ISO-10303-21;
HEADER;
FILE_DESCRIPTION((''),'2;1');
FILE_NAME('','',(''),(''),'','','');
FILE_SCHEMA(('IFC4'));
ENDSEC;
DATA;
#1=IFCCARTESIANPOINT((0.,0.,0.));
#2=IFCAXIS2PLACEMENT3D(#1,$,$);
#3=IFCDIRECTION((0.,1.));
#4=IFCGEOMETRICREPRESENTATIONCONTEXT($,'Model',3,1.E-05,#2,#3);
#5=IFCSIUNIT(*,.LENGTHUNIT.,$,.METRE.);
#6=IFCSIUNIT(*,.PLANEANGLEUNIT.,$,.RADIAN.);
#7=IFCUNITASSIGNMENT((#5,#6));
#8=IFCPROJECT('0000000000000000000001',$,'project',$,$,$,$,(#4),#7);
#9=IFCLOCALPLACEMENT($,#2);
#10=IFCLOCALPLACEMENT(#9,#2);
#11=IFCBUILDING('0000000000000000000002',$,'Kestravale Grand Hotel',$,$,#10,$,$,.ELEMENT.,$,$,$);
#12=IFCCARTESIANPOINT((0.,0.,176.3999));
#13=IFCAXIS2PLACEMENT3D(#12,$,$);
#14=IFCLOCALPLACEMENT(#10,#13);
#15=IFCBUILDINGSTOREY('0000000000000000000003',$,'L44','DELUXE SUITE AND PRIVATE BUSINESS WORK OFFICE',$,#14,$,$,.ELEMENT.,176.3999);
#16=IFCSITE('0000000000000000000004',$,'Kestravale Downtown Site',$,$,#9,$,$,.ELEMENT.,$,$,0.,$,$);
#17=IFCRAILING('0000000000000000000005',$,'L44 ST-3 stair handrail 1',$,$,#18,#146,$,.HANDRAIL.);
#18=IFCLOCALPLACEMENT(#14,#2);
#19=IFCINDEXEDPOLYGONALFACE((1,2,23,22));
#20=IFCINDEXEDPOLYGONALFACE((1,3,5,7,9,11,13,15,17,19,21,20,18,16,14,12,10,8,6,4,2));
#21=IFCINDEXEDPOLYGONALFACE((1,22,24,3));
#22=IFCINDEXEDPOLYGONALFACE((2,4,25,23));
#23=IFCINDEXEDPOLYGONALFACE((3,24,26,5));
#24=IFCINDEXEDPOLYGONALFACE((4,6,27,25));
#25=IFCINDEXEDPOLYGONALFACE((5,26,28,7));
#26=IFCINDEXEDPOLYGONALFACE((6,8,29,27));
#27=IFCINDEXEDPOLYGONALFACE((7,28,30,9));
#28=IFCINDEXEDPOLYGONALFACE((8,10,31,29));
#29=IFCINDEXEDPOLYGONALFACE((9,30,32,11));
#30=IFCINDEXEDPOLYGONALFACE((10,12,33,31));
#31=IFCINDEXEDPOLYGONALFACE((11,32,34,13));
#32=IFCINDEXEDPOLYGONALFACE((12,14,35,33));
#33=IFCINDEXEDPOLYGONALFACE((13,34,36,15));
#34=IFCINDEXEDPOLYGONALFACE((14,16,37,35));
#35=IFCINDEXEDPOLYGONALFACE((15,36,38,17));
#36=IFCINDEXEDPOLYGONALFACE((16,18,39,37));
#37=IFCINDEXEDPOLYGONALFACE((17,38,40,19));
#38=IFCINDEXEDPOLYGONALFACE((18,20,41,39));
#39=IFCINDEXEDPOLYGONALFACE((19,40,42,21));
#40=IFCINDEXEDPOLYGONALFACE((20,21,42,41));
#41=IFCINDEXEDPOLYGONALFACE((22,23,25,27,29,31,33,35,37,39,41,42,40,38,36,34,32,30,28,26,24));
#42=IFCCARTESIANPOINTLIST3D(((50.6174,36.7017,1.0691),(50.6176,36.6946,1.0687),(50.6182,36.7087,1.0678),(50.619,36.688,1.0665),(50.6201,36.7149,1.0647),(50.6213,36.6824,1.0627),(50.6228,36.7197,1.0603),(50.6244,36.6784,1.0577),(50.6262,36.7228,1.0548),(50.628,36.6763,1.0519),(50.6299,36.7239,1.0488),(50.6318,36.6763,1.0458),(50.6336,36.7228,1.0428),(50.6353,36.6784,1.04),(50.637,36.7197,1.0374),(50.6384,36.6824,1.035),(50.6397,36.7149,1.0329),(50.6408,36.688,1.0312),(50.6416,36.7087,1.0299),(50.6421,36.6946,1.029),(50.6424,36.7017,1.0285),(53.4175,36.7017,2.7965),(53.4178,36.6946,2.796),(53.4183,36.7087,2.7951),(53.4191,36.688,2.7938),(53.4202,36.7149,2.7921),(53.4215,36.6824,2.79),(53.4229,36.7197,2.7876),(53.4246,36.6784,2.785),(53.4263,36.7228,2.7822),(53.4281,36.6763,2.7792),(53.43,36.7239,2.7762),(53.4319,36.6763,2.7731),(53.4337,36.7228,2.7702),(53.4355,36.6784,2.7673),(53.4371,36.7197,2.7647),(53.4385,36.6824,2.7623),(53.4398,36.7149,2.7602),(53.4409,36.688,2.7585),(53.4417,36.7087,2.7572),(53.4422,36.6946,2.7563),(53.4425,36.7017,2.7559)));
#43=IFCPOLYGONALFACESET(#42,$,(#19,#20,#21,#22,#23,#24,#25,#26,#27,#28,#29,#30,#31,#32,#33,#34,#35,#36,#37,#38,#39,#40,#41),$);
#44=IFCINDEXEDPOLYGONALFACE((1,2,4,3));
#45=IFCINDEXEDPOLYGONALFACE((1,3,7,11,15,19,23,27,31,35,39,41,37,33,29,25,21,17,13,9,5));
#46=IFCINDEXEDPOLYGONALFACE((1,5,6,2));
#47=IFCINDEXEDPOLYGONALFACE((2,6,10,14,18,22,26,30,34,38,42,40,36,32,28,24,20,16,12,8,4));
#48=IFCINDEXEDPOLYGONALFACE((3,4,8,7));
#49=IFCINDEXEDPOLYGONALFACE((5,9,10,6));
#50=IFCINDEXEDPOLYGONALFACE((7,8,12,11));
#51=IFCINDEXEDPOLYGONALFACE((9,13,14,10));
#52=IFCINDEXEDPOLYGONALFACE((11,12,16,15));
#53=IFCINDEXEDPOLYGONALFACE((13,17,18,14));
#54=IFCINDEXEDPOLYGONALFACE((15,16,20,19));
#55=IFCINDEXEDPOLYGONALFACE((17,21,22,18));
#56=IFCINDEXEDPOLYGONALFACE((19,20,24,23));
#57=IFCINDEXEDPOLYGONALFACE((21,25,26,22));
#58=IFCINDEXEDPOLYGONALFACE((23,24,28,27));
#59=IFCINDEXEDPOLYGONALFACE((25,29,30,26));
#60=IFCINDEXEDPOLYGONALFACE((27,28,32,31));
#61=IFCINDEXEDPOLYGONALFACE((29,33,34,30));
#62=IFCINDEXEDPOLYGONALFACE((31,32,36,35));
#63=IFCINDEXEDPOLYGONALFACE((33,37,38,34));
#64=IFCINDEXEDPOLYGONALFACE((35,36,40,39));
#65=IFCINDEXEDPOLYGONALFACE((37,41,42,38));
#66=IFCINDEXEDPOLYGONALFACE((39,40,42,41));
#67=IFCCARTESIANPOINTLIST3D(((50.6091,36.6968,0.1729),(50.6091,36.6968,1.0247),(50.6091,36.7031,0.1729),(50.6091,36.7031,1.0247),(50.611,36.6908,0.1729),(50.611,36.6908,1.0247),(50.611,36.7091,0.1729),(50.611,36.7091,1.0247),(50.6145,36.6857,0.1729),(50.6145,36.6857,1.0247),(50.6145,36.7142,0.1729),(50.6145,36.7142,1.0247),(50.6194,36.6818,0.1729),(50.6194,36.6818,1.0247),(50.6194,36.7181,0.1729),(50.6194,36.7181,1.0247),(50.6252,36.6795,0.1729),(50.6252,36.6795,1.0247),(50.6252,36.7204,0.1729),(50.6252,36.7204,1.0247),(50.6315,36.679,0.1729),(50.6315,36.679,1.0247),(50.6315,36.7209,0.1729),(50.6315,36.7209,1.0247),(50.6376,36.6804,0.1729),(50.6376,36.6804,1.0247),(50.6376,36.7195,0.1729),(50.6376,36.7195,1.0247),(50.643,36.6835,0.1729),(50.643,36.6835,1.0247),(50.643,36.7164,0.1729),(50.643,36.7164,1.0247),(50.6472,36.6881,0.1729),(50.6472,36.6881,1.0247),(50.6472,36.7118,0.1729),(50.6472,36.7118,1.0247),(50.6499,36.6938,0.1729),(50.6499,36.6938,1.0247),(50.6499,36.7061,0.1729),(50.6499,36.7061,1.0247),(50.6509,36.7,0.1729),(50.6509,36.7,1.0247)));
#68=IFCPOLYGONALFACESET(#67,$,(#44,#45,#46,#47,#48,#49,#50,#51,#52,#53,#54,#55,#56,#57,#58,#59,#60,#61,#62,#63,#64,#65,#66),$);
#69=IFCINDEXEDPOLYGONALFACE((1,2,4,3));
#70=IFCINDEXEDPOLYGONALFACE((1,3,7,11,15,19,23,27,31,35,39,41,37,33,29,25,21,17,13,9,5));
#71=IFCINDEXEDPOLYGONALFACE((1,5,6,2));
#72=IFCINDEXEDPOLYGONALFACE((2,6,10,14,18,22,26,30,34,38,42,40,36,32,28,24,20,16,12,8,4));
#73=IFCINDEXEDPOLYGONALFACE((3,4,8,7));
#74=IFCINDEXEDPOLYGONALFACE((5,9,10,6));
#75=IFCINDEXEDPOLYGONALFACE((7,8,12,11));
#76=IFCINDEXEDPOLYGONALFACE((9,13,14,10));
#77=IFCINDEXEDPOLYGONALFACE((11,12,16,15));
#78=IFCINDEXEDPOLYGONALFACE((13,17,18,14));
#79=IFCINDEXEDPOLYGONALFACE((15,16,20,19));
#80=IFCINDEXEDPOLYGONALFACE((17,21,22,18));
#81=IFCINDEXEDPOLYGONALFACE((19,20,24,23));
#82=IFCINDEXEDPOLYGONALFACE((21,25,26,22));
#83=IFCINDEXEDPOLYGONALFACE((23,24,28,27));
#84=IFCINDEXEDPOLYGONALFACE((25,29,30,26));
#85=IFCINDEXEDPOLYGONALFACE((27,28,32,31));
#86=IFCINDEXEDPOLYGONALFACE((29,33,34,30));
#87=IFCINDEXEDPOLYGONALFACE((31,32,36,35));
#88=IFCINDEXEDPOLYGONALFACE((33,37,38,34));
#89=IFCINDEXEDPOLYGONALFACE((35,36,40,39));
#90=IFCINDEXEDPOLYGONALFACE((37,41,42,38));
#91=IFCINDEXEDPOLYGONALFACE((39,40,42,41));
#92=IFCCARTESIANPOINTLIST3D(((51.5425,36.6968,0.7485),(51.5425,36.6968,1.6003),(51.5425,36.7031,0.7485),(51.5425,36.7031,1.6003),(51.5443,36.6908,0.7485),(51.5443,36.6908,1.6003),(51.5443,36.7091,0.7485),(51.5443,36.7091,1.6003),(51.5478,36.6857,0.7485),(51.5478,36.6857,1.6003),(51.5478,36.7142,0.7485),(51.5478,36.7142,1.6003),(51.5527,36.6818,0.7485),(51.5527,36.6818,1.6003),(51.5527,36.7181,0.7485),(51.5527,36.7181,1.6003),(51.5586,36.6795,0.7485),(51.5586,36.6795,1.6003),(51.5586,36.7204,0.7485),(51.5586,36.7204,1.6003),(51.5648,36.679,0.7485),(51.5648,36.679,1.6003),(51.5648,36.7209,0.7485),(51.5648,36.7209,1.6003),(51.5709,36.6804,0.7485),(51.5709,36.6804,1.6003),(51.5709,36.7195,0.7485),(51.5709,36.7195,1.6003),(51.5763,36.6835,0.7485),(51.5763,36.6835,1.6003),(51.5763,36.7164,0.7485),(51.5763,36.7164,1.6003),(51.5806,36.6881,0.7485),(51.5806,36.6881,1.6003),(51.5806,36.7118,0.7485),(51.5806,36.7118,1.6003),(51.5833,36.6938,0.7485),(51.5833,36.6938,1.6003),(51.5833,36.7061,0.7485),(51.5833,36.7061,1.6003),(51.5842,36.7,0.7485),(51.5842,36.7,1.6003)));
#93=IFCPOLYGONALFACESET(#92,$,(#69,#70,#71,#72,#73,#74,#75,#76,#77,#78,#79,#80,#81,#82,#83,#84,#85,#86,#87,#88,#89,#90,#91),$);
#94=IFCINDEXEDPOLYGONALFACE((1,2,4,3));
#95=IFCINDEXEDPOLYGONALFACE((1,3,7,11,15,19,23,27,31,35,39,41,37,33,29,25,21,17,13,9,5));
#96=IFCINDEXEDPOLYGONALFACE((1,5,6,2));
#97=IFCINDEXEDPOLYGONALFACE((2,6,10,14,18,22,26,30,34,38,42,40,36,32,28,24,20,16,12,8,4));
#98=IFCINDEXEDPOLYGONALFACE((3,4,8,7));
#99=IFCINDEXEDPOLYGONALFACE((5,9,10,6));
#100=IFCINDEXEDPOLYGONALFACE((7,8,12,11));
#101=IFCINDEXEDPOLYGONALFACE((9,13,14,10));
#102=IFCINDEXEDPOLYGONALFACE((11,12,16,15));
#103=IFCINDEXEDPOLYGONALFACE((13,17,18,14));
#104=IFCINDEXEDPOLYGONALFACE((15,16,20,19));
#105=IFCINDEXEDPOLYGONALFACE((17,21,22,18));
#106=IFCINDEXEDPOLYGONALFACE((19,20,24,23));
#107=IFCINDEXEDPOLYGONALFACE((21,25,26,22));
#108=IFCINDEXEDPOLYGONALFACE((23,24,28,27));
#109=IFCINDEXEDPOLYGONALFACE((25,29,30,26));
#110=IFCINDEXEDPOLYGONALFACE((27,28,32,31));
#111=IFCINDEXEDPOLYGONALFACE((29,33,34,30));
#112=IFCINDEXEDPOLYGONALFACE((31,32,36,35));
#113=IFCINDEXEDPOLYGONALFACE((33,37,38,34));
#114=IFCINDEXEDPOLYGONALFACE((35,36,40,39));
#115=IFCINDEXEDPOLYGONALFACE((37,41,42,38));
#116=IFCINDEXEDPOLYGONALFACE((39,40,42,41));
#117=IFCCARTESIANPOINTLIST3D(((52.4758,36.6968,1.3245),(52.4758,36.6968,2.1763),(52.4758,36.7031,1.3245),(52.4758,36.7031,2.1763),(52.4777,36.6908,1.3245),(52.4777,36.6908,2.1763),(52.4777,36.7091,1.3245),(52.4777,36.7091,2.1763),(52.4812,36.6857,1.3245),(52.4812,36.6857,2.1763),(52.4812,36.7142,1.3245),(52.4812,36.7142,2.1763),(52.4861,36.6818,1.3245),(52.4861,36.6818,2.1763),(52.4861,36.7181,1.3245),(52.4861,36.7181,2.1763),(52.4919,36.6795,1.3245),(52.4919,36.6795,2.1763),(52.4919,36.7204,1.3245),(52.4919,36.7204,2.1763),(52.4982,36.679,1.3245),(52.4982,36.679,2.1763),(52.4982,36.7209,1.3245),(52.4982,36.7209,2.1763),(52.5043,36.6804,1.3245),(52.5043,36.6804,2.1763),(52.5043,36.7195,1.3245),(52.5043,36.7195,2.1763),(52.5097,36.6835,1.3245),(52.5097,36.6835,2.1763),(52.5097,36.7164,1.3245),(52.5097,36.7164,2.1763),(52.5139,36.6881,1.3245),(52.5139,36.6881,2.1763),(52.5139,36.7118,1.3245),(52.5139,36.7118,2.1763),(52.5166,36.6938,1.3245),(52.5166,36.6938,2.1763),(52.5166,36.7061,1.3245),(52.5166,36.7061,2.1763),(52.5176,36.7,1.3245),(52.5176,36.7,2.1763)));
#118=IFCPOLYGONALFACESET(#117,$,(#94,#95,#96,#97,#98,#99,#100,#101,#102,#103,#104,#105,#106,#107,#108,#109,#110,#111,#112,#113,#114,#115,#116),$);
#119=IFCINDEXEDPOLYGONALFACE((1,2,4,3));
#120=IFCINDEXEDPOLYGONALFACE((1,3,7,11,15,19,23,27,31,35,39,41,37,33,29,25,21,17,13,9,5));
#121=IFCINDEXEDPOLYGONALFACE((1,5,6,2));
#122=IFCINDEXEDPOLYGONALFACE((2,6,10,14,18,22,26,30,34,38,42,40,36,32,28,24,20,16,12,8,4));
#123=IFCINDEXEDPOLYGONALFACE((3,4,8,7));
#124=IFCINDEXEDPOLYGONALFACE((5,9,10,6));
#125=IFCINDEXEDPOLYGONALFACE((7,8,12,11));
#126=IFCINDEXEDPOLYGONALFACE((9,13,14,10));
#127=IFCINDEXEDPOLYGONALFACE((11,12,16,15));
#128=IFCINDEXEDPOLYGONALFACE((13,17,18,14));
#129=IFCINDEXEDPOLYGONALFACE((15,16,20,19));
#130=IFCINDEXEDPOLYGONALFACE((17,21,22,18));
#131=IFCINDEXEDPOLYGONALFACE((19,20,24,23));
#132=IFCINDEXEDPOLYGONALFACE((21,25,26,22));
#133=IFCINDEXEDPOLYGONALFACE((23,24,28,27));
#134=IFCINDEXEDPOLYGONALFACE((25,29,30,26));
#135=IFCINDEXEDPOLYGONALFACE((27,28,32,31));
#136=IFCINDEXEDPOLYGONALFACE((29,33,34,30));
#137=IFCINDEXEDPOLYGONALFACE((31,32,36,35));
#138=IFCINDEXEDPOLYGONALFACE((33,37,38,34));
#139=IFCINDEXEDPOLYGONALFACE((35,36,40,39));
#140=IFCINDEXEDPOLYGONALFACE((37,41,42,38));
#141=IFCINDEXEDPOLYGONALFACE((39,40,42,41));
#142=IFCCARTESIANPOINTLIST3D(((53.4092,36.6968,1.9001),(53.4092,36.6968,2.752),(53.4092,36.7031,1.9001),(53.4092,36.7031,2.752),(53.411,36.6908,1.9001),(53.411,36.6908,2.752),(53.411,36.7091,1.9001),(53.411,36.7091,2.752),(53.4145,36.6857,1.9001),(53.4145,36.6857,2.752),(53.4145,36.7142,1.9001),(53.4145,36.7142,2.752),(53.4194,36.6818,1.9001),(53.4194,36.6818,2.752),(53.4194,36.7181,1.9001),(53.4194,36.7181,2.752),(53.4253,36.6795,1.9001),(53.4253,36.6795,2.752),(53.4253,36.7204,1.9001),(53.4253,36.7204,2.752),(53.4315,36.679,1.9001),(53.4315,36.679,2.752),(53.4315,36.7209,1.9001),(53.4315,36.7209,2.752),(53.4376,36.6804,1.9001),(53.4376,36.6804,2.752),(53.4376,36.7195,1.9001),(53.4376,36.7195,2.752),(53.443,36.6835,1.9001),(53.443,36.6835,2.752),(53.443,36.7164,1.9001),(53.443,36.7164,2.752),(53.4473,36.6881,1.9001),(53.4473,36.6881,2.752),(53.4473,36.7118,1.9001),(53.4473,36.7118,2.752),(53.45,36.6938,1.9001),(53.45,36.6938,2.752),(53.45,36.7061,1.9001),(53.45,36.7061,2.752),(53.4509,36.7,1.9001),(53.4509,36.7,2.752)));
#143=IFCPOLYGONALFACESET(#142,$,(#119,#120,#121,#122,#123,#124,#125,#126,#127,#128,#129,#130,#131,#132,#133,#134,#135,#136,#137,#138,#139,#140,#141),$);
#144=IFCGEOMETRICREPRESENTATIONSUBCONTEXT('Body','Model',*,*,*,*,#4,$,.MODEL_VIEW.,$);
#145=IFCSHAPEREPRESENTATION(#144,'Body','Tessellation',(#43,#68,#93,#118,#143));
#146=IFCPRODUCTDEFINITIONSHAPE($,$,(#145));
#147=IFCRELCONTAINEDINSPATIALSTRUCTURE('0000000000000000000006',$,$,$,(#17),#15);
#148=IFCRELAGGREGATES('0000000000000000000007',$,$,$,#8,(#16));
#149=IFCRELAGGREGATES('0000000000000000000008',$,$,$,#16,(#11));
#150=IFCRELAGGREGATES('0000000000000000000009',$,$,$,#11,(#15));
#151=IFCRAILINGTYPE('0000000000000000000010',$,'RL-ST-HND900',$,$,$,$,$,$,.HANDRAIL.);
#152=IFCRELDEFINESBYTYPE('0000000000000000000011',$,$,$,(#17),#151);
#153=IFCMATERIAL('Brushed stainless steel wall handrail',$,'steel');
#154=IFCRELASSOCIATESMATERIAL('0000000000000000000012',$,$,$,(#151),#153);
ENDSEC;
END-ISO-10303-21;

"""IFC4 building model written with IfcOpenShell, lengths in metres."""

from ifc_helpers import new_model, si_unit, direction, frame, origin, origin_2d, place, context, subcontext, project, spatial, circle, extrude, material, type_object, element, save


model = new_model("IFC4")

# Units and contexts
model_context = context("Model", 3, precision=1e-05, world=origin(), true_north=direction((0.0, 1.0)))
body_context = subcontext(model_context, "Body", "Model", "MODEL_VIEW")
ifc_project = project(units=[si_unit("LENGTHUNIT", "METRE"), si_unit("PLANEANGLEUNIT", "RADIAN")], contexts=[model_context])

# Site, building, storey
site_placement = place(None, origin())
site = spatial("IfcSite", under=ifc_project, at=site_placement, Name="Kestravale Downtown Site", CompositionType="ELEMENT", RefElevation=0.0)
building_placement = place(site_placement, origin())
building = spatial("IfcBuilding", under=site, at=building_placement, Name="Kestravale Grand Hotel", CompositionType="ELEMENT")
storey_placement = place(building_placement, frame((0.0, 0.0, 176.3999)))
storey = spatial("IfcBuildingStorey", under=building, at=storey_placement, Name="L44", Description="DELUXE SUITE AND PRIVATE BUSINESS WORK OFFICE", CompositionType="ELEMENT", Elevation=176.3999)

# Railing
ifc_material_1 = material(Name="Brushed stainless steel wall handrail", Category="steel")
railing_type_1 = type_object("IfcRailingType", Name="RL-ST-HND900", PredefinedType="HANDRAIL", material=ifc_material_1)
railing_1_placement = place(storey_placement, frame((50.6299, 36.7, 0.1729)))
element("IfcRailing", 1, at=railing_1_placement, inside=storey, type_object=railing_type_1, Name="L44 ST-3 stair handrail 1", PredefinedType="HANDRAIL", context=body_context, shape_type="SweptSolid", body=[
    extrude(circle(Radius=0.0239, at=origin_2d()), frame((0.0, 0.0, 0.876), z_axis=(0.85109, 0.0, 0.52502), x_axis=(0.0, 1.0, 0.0)), (0.0, 0.0, 1.0), 3.29),
    extrude(circle(Radius=0.021, at=origin_2d()), origin(), (0.0, 0.0, 1.0), 0.8518),
    extrude(circle(Radius=0.021, at=origin_2d()), frame((0.9333, 0.0, 0.5757)), (0.0, 0.0, 1.0), 0.8518),
    extrude(circle(Radius=0.021, at=origin_2d()), frame((1.8667, 0.0, 1.1516)), (0.0, 0.0, 1.0), 0.8518),
    extrude(circle(Radius=0.021, at=origin_2d()), frame((2.8, 0.0, 1.7273)), (0.0, 0.0, 1.0), 0.8518),
])

save(model, "model.ifc")
